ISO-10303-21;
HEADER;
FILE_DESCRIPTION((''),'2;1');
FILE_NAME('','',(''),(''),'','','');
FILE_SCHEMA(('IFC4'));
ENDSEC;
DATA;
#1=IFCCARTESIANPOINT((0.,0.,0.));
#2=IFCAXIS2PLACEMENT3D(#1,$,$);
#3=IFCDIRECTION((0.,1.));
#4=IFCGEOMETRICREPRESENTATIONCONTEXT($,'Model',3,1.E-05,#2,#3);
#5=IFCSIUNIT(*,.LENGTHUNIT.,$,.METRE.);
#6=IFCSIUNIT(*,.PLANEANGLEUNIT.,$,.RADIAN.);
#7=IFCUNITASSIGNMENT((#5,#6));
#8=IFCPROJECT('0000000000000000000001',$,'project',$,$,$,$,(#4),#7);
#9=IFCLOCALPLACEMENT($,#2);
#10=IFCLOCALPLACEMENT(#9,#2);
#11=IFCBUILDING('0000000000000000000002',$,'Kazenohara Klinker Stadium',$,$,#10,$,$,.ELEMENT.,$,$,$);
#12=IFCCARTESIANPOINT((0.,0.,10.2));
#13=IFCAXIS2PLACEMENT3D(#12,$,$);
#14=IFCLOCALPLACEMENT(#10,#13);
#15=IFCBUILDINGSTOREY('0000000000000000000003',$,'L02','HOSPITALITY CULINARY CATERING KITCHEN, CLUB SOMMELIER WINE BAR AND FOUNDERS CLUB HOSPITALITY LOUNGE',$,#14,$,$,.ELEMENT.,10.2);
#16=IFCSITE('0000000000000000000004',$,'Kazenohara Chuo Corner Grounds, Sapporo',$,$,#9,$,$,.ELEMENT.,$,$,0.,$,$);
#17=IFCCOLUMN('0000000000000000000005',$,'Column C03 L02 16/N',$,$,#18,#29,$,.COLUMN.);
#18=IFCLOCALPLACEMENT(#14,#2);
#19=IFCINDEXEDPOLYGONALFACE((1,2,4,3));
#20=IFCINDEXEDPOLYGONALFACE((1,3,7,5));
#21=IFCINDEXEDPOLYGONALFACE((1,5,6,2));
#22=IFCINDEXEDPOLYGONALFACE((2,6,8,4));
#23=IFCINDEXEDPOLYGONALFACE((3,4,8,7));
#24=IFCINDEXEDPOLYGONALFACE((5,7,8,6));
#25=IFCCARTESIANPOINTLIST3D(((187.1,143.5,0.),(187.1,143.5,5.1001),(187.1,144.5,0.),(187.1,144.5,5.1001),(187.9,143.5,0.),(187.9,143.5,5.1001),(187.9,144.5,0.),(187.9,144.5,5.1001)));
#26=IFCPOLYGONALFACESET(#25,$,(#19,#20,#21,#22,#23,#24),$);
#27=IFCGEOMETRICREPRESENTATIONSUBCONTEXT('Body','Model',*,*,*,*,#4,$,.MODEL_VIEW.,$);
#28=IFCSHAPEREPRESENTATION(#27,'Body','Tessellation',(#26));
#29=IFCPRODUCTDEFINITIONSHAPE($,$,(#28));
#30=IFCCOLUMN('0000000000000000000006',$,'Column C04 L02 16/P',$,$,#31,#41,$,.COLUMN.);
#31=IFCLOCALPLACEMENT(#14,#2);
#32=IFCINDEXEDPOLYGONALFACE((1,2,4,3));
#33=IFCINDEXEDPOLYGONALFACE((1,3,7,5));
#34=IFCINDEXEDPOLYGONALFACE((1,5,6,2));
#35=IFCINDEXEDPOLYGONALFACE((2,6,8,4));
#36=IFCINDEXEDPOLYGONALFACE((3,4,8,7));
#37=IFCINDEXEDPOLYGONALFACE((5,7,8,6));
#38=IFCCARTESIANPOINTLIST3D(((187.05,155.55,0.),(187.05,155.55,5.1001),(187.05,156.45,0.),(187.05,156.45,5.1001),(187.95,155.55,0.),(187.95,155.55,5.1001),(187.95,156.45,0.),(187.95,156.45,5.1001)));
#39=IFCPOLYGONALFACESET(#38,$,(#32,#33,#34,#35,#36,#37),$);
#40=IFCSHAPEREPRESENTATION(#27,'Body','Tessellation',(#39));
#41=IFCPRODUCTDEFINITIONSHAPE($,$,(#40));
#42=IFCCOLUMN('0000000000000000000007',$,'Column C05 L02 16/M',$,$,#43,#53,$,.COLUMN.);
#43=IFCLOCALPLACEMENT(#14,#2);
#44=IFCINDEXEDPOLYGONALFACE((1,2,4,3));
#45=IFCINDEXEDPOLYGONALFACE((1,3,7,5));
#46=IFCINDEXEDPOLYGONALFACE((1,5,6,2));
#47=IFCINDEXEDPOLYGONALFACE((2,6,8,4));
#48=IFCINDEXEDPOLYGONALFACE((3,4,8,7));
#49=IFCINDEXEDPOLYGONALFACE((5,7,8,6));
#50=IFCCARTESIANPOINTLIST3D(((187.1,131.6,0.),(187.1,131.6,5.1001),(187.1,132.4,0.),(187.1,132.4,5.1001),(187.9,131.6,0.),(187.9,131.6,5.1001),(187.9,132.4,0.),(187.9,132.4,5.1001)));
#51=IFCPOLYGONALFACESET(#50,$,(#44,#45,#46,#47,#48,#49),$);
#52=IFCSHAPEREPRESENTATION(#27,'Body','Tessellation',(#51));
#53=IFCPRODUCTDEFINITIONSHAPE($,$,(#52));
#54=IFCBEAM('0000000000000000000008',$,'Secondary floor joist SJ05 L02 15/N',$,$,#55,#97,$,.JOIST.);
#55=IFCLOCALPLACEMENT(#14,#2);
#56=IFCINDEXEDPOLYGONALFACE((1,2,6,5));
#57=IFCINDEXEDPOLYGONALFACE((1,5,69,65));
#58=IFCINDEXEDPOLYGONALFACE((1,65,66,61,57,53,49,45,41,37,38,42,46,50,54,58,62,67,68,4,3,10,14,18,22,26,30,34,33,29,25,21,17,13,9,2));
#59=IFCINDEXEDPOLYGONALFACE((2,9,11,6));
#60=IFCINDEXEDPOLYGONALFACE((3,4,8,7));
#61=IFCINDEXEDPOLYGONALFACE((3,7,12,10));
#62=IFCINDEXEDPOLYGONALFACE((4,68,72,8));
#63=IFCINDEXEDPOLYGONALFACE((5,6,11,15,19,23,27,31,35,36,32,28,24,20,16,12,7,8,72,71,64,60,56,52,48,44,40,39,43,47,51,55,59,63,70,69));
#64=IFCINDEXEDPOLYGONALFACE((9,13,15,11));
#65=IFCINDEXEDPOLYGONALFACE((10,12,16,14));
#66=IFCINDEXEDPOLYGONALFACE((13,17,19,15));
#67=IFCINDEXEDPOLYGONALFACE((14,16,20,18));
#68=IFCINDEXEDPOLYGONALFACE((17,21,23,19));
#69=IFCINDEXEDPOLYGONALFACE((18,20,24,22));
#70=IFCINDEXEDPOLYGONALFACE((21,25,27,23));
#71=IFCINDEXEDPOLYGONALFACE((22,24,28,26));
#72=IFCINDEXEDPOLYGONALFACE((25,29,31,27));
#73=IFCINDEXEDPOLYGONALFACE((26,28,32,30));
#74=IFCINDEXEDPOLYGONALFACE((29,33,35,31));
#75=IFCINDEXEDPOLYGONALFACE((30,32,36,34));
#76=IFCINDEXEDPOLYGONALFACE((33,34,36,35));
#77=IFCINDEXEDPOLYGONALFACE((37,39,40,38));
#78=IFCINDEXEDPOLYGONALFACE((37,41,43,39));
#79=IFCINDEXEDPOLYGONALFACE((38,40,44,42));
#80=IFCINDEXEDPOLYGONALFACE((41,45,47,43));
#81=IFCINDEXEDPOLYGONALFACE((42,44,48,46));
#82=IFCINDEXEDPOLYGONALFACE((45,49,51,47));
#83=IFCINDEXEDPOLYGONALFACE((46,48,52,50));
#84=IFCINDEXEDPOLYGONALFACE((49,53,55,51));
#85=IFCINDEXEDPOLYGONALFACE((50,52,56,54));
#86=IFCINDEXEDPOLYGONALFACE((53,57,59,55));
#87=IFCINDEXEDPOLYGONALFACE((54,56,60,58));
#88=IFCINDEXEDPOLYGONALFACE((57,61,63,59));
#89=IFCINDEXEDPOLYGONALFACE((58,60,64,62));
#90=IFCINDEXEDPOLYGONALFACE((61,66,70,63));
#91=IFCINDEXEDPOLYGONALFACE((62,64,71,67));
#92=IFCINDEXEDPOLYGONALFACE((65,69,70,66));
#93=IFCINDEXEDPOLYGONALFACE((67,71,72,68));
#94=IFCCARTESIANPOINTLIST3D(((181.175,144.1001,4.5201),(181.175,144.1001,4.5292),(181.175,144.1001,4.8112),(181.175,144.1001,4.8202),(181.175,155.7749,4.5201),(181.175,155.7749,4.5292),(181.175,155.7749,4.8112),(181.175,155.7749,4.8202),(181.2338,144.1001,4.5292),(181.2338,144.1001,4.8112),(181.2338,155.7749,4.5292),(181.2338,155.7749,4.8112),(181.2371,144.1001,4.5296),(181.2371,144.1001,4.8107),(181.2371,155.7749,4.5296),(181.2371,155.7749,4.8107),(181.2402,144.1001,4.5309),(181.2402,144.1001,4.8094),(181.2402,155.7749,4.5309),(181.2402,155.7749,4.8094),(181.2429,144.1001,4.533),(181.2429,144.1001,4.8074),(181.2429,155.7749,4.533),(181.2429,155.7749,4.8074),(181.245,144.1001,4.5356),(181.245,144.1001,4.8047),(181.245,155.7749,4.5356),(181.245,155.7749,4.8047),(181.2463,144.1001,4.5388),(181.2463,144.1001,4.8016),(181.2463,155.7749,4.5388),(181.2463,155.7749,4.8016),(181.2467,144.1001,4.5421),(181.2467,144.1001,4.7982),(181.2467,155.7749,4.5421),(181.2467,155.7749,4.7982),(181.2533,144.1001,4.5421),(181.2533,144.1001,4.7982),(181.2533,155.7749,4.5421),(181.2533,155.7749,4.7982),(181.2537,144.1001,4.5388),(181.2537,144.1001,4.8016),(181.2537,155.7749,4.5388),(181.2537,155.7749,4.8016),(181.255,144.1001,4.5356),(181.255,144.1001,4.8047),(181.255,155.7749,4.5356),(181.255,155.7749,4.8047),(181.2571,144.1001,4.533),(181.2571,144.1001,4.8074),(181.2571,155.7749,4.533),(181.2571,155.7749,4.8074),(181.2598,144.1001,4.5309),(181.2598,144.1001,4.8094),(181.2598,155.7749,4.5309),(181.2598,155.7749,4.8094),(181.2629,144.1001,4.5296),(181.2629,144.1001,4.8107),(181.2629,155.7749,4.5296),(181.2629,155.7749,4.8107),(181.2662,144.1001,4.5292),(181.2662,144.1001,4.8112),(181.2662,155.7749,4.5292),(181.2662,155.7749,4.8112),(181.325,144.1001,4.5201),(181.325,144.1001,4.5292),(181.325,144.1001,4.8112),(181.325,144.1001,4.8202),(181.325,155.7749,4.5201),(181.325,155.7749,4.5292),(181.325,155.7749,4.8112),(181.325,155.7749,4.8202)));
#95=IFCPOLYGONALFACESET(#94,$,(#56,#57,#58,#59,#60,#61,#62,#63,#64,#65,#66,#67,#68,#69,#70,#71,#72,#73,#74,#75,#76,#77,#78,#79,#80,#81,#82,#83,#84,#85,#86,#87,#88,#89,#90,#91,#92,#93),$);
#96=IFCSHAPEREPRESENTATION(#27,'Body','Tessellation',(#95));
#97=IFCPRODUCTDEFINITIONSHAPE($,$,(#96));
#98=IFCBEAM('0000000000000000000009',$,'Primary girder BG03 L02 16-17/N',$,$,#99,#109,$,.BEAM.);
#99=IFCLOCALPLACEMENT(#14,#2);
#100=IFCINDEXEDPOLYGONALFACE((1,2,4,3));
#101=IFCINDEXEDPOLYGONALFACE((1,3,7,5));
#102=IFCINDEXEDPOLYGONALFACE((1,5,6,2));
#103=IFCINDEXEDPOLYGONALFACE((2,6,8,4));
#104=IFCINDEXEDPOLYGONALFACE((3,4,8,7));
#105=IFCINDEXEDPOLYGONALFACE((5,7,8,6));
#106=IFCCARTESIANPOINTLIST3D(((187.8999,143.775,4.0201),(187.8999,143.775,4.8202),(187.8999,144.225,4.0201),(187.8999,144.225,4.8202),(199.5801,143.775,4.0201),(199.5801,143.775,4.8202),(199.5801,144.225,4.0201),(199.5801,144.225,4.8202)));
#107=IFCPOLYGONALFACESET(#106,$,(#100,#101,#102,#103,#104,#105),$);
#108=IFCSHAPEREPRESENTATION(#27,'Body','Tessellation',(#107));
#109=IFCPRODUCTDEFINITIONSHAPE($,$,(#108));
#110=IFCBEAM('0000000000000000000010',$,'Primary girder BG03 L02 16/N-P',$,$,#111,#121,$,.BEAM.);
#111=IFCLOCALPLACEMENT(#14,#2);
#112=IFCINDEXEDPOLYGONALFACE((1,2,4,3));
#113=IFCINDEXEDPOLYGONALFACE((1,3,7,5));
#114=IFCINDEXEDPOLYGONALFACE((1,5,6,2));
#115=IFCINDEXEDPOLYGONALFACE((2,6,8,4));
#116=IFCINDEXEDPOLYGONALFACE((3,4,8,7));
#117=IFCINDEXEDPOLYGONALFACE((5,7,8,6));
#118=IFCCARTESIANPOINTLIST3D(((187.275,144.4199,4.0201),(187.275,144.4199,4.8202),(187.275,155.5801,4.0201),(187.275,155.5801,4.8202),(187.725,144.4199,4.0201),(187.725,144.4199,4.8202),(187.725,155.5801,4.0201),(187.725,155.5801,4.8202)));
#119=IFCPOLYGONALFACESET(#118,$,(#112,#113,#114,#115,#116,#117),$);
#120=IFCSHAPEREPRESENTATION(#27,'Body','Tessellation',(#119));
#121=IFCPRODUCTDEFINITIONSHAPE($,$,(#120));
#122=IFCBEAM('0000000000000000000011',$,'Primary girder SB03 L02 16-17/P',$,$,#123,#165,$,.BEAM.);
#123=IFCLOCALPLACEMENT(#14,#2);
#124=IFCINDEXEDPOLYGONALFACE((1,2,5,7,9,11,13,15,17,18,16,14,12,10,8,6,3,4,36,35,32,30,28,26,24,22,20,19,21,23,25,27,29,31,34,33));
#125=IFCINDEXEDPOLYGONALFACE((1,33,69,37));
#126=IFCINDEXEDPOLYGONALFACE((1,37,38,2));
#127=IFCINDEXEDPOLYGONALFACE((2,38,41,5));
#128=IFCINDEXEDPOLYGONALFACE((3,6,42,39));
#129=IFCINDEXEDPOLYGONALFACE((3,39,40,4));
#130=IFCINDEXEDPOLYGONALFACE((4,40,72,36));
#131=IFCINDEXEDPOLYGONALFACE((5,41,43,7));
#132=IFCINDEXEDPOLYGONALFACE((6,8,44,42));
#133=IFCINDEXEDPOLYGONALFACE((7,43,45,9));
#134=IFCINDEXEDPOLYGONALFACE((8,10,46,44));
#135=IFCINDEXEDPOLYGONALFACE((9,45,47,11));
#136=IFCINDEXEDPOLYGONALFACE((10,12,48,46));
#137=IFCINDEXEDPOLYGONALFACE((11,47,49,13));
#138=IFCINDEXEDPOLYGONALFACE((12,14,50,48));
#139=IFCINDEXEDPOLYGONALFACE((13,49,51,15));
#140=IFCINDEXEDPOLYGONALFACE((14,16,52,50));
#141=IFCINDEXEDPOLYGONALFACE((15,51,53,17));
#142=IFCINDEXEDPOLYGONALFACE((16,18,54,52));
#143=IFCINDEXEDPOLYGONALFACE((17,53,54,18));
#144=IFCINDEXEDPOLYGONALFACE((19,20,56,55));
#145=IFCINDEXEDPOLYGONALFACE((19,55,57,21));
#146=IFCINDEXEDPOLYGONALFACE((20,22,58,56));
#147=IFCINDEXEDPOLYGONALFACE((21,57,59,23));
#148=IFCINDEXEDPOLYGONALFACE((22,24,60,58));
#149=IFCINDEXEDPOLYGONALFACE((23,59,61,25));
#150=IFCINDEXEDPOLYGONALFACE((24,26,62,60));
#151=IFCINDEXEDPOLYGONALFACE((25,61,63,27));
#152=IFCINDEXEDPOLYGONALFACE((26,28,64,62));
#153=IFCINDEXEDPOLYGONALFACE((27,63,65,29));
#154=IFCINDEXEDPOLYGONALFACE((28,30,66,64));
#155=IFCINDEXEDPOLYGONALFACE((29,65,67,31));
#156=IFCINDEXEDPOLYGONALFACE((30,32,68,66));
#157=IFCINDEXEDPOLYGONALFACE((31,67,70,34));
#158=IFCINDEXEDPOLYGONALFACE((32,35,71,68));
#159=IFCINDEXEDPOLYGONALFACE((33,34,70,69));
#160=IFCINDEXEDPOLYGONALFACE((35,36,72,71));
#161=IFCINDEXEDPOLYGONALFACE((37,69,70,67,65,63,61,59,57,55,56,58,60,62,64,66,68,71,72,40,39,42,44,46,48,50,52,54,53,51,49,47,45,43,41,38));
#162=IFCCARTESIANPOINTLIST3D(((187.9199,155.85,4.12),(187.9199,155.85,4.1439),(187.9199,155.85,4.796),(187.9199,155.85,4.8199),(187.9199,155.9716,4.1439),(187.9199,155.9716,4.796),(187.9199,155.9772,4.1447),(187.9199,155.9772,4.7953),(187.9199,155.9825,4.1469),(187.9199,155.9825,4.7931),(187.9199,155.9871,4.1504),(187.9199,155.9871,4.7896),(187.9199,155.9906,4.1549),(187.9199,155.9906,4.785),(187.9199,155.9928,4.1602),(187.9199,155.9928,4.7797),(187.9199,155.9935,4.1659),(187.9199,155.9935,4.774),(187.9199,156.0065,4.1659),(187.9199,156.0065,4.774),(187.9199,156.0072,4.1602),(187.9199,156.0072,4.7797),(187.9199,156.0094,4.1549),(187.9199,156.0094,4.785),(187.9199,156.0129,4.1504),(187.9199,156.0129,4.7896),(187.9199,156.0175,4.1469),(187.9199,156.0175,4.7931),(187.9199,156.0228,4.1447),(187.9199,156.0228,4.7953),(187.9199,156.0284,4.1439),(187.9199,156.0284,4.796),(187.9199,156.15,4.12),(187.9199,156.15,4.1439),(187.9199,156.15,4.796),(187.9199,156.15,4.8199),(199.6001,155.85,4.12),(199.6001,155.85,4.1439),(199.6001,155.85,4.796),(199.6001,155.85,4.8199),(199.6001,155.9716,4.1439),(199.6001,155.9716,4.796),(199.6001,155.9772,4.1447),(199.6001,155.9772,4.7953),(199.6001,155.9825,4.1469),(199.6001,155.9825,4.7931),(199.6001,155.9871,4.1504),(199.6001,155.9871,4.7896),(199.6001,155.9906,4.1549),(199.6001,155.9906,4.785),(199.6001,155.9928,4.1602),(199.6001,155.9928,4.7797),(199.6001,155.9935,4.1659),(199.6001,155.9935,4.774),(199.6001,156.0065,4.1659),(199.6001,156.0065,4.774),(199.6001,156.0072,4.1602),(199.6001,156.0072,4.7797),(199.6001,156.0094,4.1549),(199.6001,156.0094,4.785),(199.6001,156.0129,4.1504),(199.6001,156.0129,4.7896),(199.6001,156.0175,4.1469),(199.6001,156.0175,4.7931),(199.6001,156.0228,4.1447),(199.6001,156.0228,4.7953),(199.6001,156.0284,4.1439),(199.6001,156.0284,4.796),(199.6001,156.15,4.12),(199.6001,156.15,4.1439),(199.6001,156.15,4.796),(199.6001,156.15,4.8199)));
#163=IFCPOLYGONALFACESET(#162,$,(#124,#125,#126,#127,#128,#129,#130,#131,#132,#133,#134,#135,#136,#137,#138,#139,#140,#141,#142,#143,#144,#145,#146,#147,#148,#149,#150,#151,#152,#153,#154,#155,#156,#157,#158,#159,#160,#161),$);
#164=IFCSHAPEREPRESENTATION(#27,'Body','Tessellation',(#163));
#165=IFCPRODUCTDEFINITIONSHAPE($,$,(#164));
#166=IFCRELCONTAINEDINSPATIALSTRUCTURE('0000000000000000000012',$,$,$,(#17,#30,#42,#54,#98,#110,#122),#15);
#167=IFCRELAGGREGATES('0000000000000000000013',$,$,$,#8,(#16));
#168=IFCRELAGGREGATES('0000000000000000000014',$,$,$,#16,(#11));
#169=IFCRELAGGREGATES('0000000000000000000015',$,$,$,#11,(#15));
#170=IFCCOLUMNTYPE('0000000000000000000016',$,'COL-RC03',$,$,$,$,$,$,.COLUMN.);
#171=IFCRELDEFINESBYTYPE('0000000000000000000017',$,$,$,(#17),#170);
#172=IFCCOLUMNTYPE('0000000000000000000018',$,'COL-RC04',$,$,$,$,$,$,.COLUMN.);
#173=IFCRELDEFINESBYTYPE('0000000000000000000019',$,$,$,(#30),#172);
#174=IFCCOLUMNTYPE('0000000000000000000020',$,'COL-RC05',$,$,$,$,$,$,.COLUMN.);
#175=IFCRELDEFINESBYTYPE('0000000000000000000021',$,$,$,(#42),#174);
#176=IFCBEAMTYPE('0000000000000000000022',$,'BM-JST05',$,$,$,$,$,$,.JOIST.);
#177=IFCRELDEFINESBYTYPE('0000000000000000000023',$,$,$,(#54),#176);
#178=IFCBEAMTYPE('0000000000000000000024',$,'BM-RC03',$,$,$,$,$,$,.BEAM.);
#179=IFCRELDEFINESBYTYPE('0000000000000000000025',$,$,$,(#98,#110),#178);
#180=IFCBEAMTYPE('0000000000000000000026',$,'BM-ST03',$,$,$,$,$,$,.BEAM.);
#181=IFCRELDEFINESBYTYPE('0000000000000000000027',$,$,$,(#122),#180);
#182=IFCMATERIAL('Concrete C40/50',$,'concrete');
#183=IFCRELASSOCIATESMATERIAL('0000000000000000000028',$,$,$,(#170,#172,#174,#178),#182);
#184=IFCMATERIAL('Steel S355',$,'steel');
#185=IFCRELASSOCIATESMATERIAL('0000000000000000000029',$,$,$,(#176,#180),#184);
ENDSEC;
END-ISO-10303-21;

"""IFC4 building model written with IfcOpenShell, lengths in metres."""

from ifc_helpers import new_model, si_unit, direction, frame, origin, origin_2d, place, context, subcontext, project, spatial, rectangle, i_section, extrude, material, material_profile, profile_set, type_object, element, save


model = new_model("IFC4")

# Units and contexts
model_context = context("Model", 3, precision=1e-05, world=origin(), true_north=direction((0.0, 1.0)))
body_context = subcontext(model_context, "Body", "Model", "MODEL_VIEW")
ifc_project = project(units=[si_unit("LENGTHUNIT", "METRE"), si_unit("PLANEANGLEUNIT", "RADIAN")], contexts=[model_context])

# Site, building, storey
site_placement = place(None, origin())
site = spatial("IfcSite", under=ifc_project, at=site_placement, Name="Kazenohara Chuo Corner Grounds, Sapporo", CompositionType="ELEMENT", RefElevation=0.0)
building_placement = place(site_placement, origin())
building = spatial("IfcBuilding", under=site, at=building_placement, Name="Kazenohara Klinker Stadium", CompositionType="ELEMENT")
storey_placement = place(building_placement, frame((0.0, 0.0, 10.2)))
storey = spatial("IfcBuildingStorey", under=building, at=storey_placement, Name="L02", Description="HOSPITALITY CULINARY CATERING KITCHEN, CLUB SOMMELIER WINE BAR AND FOUNDERS CLUB HOSPITALITY LOUNGE", CompositionType="ELEMENT", Elevation=10.2)

# Columns
ifc_material_1 = material(Name="Concrete C40/50", Category="concrete")
ifc_material_profile_1 = material_profile(ifc_material_1, rectangle(XDim=0.8, YDim=1.0, at=origin_2d()), Name="RC-COL-1000x800")
ifc_profile_set_1 = profile_set([ifc_material_profile_1], Name="Concrete C40/50")
column_type_1 = type_object("IfcColumnType", Name="COL-RC03", PredefinedType="COLUMN", material=ifc_profile_set_1)
column_1_placement = place(storey_placement, frame((187.5, 144.0, 0.0), z_axis=(0.0, 0.0, 1.0), x_axis=(1.0, 0.0, 0.0)))
element("IfcColumn", 1, at=column_1_placement, inside=storey, type_object=column_type_1, Name="Column C03 L02 16/N", PredefinedType="COLUMN", context=body_context, shape_type="SweptSolid", body=[
    extrude(rectangle(XDim=0.8, YDim=1.0, at=origin_2d()), origin(), (0.0, 0.0, 1.0), 5.1001),
])
ifc_material_profile_2 = material_profile(ifc_material_1, rectangle(XDim=0.8999, YDim=0.8999, at=origin_2d()), Name="RC-COL-900x900")
ifc_profile_set_2 = profile_set([ifc_material_profile_2], Name="Concrete C40/50")
column_type_2 = type_object("IfcColumnType", Name="COL-RC04", PredefinedType="COLUMN", material=ifc_profile_set_2)
column_2_placement = place(storey_placement, frame((187.5, 156.0, 0.0), z_axis=(0.0, 0.0, 1.0), x_axis=(1.0, 0.0, 0.0)))
element("IfcColumn", 2, at=column_2_placement, inside=storey, type_object=column_type_2, Name="Column C04 L02 16/P", PredefinedType="COLUMN", context=body_context, shape_type="SweptSolid", body=[
    extrude(rectangle(XDim=0.8999, YDim=0.8999, at=origin_2d()), origin(), (0.0, 0.0, 1.0), 5.1001),
])
ifc_material_profile_3 = material_profile(ifc_material_1, rectangle(XDim=0.8, YDim=0.8, at=origin_2d()), Name="RC-COL-800x800")
ifc_profile_set_3 = profile_set([ifc_material_profile_3], Name="Concrete C40/50")
column_type_3 = type_object("IfcColumnType", Name="COL-RC05", PredefinedType="COLUMN", material=ifc_profile_set_3)
column_3_placement = place(storey_placement, frame((187.5, 132.0, 0.0), z_axis=(0.0, 0.0, 1.0), x_axis=(1.0, 0.0, 0.0)))
element("IfcColumn", 3, at=column_3_placement, inside=storey, type_object=column_type_3, Name="Column C05 L02 16/M", PredefinedType="COLUMN", context=body_context, shape_type="SweptSolid", body=[
    extrude(rectangle(XDim=0.8, YDim=0.8, at=origin_2d()), origin(), (0.0, 0.0, 1.0), 5.1001),
])

# Beams
ifc_material_2 = material(Name="Steel S355", Category="steel")
ifc_material_profile_4 = material_profile(ifc_material_2, i_section(OverallWidth=0.1499, OverallDepth=0.3, WebThickness=0.0066, FlangeThickness=0.009, FilletRadius=0.0129, at=origin_2d()), Name="H-300x150x6.5x9")
ifc_profile_set_4 = profile_set([ifc_material_profile_4], Name="Steel S355")
beam_type_1 = type_object("IfcBeamType", Name="BM-JST05", PredefinedType="JOIST", material=ifc_profile_set_4)
beam_1_placement = place(storey_placement, frame((181.25, 144.1001, 4.6702), z_axis=(0.0, 1.0, 0.0), x_axis=(-1.0, 0.0, 0.0)))
element("IfcBeam", 4, at=beam_1_placement, inside=storey, type_object=beam_type_1, Name="Secondary floor joist SJ05 L02 15/N", PredefinedType="JOIST", context=body_context, shape_type="SweptSolid", body=[
    extrude(i_section(OverallWidth=0.1499, OverallDepth=0.3, WebThickness=0.0066, FlangeThickness=0.009, FilletRadius=0.0129, at=origin_2d()), origin(), (0.0, 0.0, 1.0), 11.6748),
])
ifc_material_profile_5 = material_profile(ifc_material_1, rectangle(XDim=0.45, YDim=0.8, at=origin_2d()), Name="RC-BM-450x800")
ifc_profile_set_5 = profile_set([ifc_material_profile_5], Name="Concrete C40/50")
beam_type_2 = type_object("IfcBeamType", Name="BM-RC03", PredefinedType="BEAM", material=ifc_profile_set_5)
beam_2_placement = place(storey_placement, frame((187.8999, 144.0, 4.4202), z_axis=(1.0, 0.0, 0.0), x_axis=(0.0, 1.0, 0.0)))
element("IfcBeam", 5, at=beam_2_placement, inside=storey, type_object=beam_type_2, Name="Primary girder BG03 L02 16-17/N", PredefinedType="BEAM", context=body_context, shape_type="SweptSolid", body=[
    extrude(rectangle(XDim=0.45, YDim=0.8, at=origin_2d()), origin(), (0.0, 0.0, 1.0), 11.6802),
])
beam_3_placement = place(storey_placement, frame((187.5, 144.4199, 4.4202), z_axis=(0.0, 1.0, 0.0), x_axis=(-1.0, 0.0, 0.0)))
element("IfcBeam", 6, at=beam_3_placement, inside=storey, type_object=beam_type_2, Name="Primary girder BG03 L02 16/N-P", PredefinedType="BEAM", context=body_context, shape_type="SweptSolid", body=[
    extrude(rectangle(XDim=0.45, YDim=0.8, at=origin_2d()), origin(), (0.0, 0.0, 1.0), 11.1602),
])
ifc_material_profile_6 = material_profile(ifc_material_2, i_section(OverallWidth=0.3, OverallDepth=0.7, WebThickness=0.0129, FlangeThickness=0.0239, FilletRadius=0.022, at=origin_2d()), Name="H-700x300x13x24")
ifc_profile_set_6 = profile_set([ifc_material_profile_6], Name="Steel S355")
beam_type_3 = type_object("IfcBeamType", Name="BM-ST03", PredefinedType="BEAM", material=ifc_profile_set_6)
beam_4_placement = place(storey_placement, frame((187.9199, 156.0, 4.47), z_axis=(1.0, 0.0, 0.0), x_axis=(0.0, 1.0, 0.0)))
element("IfcBeam", 7, at=beam_4_placement, inside=storey, type_object=beam_type_3, Name="Primary girder SB03 L02 16-17/P", PredefinedType="BEAM", context=body_context, shape_type="SweptSolid", body=[
    extrude(i_section(OverallWidth=0.3, OverallDepth=0.7, WebThickness=0.0129, FlangeThickness=0.0239, FilletRadius=0.022, at=origin_2d()), origin(), (0.0, 0.0, 1.0), 11.6802),
])

save(model, "model.ifc")
